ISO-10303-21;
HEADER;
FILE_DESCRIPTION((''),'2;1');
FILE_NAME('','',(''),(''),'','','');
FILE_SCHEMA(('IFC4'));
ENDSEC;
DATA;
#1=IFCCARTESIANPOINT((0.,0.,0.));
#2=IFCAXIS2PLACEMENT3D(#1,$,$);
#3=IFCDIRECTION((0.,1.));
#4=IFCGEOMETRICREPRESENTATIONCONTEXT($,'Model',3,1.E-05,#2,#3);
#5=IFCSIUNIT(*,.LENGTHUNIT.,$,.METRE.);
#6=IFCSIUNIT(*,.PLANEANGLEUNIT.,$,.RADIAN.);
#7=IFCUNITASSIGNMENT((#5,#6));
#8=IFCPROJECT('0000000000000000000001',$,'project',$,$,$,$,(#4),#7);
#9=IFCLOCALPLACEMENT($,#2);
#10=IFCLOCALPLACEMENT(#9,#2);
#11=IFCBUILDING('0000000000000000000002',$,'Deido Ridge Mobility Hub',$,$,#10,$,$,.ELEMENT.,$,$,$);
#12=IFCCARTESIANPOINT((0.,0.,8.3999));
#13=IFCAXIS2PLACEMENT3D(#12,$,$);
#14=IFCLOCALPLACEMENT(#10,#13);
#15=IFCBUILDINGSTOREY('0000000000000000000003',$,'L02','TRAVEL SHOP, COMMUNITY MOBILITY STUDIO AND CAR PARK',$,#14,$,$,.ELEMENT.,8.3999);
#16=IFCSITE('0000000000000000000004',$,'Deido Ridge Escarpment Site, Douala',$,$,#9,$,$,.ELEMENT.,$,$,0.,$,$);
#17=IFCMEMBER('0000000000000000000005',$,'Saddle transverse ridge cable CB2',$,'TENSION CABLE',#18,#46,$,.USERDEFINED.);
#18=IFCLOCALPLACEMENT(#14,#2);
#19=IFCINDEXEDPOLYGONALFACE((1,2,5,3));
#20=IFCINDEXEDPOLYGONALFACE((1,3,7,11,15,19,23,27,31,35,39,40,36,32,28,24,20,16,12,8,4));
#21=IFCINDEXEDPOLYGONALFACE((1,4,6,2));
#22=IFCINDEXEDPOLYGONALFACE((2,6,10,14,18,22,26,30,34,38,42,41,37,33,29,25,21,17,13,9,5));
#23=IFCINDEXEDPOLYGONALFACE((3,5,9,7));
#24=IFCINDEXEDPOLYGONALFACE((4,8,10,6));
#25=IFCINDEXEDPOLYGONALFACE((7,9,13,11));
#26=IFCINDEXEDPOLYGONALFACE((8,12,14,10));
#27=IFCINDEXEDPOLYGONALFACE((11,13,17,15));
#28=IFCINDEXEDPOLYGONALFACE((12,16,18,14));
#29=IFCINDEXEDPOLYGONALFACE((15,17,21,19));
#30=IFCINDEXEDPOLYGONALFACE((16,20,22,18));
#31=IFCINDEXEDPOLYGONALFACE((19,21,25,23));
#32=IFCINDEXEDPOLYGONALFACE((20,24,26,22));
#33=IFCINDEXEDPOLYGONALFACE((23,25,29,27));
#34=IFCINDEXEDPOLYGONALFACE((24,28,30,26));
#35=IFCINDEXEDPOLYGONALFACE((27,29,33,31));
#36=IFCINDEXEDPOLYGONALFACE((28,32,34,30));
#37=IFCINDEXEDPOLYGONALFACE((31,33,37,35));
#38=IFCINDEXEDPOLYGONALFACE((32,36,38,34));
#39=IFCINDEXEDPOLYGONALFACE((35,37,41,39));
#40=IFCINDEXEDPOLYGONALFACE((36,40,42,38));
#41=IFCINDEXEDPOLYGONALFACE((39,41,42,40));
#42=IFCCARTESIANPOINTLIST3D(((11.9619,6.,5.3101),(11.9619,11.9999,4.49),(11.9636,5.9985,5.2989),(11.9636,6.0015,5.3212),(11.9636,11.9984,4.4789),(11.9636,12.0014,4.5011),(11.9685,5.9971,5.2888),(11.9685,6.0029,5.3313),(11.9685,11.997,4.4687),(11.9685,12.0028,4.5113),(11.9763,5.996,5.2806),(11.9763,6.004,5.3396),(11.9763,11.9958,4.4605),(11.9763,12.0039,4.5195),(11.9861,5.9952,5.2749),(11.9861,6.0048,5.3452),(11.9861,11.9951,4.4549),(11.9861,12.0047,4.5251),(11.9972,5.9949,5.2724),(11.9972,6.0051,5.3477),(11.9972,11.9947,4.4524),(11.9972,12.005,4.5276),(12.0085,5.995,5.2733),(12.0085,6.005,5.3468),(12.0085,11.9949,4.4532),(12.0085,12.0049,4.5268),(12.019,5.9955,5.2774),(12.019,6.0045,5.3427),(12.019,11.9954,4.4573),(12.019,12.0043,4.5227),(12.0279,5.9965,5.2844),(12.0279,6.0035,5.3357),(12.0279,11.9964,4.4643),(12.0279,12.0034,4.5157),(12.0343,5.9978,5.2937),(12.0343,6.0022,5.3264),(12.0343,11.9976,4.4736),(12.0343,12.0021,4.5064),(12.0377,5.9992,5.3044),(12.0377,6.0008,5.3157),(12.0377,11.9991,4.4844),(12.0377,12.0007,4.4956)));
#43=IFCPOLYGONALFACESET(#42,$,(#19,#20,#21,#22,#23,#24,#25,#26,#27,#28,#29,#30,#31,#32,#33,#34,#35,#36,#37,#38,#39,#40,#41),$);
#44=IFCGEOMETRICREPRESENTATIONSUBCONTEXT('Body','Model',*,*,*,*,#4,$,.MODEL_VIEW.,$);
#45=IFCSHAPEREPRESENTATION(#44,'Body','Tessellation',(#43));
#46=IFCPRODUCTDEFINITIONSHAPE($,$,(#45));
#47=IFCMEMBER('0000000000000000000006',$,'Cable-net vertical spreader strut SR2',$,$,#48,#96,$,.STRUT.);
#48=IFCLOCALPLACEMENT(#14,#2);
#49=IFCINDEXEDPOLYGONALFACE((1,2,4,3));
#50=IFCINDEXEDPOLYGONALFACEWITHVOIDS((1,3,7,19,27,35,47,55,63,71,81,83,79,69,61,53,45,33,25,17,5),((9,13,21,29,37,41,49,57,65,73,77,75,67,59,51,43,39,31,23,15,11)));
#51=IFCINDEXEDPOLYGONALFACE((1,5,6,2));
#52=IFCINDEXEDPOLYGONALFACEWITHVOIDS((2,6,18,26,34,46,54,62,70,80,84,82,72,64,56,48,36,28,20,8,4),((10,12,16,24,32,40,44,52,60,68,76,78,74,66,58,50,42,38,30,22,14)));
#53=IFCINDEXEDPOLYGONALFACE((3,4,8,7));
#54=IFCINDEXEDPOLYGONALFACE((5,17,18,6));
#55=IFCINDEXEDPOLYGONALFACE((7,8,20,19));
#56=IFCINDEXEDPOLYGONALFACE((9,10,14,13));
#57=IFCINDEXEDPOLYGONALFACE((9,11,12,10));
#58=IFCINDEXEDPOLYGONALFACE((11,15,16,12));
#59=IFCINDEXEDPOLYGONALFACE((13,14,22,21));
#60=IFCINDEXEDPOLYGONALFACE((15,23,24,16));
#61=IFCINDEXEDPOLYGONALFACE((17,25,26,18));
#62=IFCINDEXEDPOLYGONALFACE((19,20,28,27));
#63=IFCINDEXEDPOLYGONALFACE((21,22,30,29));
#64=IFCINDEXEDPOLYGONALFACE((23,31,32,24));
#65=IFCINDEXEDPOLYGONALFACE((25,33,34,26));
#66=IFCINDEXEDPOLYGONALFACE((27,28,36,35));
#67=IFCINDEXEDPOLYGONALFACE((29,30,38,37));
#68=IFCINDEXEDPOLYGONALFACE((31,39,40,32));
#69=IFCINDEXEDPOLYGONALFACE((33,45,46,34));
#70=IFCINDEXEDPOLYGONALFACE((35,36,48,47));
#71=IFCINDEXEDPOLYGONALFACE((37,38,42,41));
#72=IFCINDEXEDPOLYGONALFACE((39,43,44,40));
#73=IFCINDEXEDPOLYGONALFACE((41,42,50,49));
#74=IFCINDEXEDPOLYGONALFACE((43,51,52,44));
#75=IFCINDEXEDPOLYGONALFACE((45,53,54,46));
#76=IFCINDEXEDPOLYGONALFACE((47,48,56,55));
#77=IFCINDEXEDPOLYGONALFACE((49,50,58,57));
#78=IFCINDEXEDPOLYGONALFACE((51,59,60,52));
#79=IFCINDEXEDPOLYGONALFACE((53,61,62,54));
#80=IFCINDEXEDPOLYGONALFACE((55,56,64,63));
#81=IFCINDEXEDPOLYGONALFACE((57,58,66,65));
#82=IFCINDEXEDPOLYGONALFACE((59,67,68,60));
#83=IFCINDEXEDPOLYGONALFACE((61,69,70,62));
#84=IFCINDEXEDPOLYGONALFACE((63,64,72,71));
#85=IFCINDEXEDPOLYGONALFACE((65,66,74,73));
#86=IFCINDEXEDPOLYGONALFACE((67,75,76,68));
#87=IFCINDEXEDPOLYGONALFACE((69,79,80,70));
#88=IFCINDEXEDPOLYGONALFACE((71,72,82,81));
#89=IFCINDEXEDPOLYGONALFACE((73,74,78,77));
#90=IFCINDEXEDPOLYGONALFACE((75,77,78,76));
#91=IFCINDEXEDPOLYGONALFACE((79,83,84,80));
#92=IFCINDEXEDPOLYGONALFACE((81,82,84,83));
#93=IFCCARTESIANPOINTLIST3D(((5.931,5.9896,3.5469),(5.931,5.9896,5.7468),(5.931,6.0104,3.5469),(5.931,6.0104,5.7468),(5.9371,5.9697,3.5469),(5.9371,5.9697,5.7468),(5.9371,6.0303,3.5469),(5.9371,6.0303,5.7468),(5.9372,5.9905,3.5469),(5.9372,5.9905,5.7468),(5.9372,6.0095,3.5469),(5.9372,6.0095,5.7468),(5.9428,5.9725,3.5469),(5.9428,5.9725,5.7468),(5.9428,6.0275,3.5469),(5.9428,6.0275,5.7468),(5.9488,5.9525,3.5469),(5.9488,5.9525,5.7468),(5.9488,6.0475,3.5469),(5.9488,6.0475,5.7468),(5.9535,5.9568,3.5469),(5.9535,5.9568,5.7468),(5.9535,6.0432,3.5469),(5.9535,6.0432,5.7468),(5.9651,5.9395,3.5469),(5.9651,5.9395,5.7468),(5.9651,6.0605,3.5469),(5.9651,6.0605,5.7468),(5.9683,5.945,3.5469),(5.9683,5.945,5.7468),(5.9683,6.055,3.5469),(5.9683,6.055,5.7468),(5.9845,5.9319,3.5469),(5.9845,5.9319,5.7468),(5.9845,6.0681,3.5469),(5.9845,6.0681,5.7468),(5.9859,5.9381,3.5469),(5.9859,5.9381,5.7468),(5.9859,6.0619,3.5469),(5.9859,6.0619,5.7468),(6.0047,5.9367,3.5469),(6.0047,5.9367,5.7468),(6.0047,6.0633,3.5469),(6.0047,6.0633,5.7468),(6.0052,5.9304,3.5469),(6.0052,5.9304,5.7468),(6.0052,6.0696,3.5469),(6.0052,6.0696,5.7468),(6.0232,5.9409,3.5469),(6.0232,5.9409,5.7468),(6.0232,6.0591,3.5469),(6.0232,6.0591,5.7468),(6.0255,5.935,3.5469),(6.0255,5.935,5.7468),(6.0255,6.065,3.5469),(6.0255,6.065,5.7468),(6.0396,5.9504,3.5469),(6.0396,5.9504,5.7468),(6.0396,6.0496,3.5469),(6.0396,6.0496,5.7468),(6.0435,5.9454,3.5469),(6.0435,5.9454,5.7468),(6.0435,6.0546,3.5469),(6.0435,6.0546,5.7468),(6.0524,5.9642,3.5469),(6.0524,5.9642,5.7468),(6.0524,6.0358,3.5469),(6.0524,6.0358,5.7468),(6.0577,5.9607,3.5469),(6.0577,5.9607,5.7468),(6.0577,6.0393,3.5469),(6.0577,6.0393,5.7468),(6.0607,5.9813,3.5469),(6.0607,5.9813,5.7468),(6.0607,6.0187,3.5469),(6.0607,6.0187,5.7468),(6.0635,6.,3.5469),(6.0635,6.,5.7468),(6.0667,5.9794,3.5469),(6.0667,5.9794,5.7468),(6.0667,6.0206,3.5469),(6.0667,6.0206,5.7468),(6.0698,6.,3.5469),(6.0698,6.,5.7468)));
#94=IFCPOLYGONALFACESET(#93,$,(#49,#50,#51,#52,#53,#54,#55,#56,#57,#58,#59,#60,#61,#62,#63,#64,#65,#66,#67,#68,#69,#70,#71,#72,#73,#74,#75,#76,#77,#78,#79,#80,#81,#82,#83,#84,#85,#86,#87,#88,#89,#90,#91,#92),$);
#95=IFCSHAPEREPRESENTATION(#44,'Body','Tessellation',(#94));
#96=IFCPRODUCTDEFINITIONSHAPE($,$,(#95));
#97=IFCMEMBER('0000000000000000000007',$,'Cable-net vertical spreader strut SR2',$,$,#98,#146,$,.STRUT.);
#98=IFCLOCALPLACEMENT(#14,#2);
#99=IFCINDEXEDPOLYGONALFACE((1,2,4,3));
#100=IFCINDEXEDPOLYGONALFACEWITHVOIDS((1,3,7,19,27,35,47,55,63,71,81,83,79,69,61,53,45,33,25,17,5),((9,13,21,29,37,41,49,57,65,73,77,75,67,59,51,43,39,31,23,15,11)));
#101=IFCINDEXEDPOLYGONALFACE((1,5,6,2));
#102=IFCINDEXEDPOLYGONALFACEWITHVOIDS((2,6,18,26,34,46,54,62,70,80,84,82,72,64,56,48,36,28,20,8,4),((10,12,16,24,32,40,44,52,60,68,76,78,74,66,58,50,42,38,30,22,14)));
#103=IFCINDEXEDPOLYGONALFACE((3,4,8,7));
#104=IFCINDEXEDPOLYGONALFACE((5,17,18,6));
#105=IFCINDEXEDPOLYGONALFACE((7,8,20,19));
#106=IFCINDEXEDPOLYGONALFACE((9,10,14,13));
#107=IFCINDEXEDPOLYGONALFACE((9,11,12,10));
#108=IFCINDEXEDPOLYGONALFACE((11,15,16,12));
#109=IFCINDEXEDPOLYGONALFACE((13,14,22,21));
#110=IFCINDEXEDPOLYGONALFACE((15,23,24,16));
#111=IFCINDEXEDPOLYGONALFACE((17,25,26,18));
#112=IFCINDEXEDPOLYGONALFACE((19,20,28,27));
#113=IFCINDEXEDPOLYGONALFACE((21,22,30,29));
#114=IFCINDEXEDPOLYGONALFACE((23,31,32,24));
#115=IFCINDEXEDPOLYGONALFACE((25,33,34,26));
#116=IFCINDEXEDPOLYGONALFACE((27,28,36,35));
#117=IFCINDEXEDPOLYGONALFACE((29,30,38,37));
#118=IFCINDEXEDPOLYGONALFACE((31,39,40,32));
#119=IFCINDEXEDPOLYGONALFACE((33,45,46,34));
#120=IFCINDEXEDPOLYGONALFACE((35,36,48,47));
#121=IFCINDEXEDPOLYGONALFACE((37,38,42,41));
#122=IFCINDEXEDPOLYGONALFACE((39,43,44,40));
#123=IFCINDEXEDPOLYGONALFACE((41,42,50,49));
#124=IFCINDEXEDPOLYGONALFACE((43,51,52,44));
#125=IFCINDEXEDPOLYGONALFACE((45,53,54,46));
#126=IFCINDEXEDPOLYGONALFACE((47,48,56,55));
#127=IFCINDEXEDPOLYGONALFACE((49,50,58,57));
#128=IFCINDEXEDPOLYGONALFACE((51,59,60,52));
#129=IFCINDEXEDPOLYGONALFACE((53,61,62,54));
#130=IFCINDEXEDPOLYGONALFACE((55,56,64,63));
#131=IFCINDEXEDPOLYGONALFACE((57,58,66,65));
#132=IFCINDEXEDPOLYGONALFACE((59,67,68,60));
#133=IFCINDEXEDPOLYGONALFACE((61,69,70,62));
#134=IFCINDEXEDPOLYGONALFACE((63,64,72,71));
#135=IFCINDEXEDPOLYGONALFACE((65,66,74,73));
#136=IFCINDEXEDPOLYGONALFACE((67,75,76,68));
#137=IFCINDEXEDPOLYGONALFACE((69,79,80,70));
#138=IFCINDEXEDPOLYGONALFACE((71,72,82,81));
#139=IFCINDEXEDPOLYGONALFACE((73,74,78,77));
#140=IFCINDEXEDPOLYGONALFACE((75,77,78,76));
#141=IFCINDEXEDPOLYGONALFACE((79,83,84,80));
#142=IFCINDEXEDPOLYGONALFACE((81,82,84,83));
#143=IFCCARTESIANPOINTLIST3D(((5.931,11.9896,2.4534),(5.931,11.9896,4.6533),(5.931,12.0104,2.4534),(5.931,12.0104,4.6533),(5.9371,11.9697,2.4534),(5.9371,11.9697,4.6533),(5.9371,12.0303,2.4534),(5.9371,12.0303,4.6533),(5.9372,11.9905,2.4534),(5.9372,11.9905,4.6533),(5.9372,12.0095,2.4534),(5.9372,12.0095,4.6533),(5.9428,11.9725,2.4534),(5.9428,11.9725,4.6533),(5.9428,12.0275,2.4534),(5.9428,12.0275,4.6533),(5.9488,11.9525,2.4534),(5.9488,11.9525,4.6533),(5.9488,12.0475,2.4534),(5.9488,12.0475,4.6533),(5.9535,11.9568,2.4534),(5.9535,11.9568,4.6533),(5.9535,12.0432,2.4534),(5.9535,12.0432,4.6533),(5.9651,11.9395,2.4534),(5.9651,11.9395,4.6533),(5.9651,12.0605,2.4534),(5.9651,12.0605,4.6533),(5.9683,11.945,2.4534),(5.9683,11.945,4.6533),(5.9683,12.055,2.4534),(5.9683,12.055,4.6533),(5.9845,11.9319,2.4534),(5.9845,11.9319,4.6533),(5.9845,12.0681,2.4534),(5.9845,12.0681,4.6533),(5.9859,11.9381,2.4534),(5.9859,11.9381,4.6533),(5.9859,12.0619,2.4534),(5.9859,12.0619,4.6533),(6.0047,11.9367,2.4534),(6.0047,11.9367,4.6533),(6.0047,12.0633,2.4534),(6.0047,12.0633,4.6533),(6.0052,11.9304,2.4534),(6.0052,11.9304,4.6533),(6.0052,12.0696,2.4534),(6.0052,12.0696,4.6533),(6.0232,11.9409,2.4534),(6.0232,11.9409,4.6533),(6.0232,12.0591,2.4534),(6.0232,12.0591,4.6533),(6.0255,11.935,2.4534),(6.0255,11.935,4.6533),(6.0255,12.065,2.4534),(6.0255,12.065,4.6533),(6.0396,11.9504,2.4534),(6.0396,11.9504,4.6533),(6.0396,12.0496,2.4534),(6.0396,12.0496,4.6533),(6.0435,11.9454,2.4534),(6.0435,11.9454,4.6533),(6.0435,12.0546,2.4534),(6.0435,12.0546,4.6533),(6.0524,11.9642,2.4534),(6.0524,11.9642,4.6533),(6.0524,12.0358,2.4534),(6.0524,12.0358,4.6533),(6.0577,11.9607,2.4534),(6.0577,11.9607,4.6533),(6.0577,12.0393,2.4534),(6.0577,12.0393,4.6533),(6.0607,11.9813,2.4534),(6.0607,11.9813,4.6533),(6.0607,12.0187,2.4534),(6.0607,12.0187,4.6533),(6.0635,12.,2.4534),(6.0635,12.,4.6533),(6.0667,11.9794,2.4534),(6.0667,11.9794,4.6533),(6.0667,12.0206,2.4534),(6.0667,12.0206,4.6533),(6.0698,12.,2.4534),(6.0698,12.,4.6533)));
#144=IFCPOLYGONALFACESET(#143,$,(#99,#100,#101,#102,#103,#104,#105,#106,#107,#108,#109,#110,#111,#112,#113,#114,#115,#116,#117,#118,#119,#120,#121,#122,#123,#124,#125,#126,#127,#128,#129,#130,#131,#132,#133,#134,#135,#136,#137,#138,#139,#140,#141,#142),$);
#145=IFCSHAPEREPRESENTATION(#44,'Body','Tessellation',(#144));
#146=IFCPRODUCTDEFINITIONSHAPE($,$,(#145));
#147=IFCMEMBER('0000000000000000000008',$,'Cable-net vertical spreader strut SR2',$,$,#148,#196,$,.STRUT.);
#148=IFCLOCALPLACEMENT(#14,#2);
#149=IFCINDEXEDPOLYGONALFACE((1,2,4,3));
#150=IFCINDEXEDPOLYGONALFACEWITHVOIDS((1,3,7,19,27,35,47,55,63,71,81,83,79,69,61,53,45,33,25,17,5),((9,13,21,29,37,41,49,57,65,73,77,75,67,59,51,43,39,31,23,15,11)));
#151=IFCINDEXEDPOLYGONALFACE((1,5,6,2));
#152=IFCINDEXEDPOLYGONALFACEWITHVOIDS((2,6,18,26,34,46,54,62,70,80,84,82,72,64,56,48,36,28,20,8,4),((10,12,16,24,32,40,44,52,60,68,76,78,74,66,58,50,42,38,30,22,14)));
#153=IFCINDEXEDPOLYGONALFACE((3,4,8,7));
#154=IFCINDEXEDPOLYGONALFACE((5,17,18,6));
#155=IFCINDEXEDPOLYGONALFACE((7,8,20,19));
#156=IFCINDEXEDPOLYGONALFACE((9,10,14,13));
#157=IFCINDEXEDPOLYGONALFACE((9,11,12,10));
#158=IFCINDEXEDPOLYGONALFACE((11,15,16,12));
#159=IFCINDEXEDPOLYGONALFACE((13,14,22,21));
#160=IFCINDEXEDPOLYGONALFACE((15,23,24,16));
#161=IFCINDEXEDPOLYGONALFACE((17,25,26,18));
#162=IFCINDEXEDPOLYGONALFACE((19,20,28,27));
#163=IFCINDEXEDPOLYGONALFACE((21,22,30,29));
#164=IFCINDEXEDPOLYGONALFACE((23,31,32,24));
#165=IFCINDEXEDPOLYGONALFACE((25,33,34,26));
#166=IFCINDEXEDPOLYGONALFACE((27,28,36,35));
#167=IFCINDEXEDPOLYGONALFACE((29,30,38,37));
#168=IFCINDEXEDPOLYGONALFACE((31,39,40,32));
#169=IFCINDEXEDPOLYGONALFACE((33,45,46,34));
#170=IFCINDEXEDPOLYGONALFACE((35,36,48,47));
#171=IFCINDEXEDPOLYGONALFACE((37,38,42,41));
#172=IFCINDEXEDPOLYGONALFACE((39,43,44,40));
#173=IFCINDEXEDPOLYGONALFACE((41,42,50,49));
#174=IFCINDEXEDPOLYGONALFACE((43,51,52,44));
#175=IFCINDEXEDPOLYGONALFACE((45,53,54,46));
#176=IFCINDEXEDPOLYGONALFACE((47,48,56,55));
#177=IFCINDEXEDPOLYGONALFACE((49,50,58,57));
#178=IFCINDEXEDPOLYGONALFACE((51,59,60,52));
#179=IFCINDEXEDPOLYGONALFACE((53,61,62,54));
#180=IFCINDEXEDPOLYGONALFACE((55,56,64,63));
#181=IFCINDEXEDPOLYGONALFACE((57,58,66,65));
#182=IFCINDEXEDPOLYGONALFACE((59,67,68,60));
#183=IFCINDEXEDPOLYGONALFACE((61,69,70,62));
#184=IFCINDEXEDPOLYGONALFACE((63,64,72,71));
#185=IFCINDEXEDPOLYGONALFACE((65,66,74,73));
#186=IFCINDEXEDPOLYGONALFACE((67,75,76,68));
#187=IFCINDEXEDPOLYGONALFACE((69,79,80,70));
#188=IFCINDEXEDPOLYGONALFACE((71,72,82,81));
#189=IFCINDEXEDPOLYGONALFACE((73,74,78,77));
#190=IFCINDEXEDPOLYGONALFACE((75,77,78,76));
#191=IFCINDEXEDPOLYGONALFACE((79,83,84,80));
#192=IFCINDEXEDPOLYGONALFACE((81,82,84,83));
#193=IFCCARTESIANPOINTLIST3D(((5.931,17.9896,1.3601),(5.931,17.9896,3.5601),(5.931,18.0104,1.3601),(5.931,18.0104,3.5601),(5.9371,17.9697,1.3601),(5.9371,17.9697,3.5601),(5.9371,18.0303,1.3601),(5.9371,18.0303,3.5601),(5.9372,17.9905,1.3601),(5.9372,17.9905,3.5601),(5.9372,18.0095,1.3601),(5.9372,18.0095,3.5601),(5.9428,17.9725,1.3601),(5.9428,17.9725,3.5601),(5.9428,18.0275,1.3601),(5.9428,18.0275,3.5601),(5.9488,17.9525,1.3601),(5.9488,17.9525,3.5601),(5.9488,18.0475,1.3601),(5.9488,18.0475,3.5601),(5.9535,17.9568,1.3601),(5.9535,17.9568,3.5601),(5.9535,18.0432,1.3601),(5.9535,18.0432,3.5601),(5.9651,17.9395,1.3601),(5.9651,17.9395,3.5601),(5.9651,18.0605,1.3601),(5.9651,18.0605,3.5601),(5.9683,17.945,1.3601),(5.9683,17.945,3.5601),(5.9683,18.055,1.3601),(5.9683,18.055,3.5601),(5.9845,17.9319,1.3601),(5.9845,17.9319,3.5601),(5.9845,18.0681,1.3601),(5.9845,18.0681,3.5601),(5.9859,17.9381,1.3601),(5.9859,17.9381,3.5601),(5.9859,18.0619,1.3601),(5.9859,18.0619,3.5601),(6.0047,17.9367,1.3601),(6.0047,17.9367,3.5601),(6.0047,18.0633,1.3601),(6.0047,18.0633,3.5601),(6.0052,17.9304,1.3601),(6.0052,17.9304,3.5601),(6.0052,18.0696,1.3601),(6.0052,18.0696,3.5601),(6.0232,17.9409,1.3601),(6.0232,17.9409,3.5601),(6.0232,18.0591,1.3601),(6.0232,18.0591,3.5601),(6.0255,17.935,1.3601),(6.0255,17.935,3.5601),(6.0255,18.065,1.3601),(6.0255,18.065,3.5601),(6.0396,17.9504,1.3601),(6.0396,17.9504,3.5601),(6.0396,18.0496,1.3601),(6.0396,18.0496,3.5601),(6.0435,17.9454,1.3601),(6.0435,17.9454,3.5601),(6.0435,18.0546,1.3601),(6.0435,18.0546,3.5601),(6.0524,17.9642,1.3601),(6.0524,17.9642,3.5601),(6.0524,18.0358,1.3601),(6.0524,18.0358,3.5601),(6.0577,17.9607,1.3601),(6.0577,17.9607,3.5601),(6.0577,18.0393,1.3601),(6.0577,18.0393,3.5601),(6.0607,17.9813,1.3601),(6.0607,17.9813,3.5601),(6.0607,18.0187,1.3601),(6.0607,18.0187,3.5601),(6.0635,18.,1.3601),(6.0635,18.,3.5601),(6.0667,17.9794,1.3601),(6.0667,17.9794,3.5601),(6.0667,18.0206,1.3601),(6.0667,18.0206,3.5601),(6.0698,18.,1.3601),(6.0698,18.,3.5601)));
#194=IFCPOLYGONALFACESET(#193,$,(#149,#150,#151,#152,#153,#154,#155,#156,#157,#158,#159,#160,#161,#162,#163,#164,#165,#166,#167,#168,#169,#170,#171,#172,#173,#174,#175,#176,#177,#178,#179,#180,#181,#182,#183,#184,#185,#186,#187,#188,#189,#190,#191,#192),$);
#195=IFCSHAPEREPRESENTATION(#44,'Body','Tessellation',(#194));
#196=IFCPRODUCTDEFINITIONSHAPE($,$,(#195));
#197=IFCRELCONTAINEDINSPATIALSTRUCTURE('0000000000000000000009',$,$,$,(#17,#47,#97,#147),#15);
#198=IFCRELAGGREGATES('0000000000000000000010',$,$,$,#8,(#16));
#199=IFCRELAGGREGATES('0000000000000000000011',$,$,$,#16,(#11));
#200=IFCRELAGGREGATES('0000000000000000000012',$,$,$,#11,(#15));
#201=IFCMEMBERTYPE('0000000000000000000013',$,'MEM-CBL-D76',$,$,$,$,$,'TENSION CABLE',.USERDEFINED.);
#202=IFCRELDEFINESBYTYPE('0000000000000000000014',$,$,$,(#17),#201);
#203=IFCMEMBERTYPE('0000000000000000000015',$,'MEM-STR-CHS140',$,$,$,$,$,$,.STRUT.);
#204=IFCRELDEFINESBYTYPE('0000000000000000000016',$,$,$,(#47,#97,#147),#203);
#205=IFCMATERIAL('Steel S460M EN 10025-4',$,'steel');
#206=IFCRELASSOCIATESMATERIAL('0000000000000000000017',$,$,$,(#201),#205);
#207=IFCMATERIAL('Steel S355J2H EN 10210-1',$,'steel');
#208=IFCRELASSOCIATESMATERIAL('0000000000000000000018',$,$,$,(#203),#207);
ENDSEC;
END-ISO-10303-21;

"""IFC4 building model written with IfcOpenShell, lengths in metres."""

from ifc_helpers import new_model, si_unit, direction, frame, origin, origin_2d, place, context, subcontext, project, spatial, circle, hollow_circle, extrude, material, material_profile, profile_set, type_object, element, save


model = new_model("IFC4")

# Units and contexts
model_context = context("Model", 3, precision=1e-05, world=origin(), true_north=direction((0.0, 1.0)))
body_context = subcontext(model_context, "Body", "Model", "MODEL_VIEW")
ifc_project = project(units=[si_unit("LENGTHUNIT", "METRE"), si_unit("PLANEANGLEUNIT", "RADIAN")], contexts=[model_context])

# Site, building, storey
site_placement = place(None, origin())
site = spatial("IfcSite", under=ifc_project, at=site_placement, Name="Deido Ridge Escarpment Site, Douala", CompositionType="ELEMENT", RefElevation=0.0)
building_placement = place(site_placement, origin())
building = spatial("IfcBuilding", under=site, at=building_placement, Name="Deido Ridge Mobility Hub", CompositionType="ELEMENT")
storey_placement = place(building_placement, frame((0.0, 0.0, 8.3999)))
storey = spatial("IfcBuildingStorey", under=building, at=storey_placement, Name="L02", Description="TRAVEL SHOP, COMMUNITY MOBILITY STUDIO AND CAR PARK", CompositionType="ELEMENT", Elevation=8.3999)

# Members
ifc_material_1 = material(Name="Steel S460M EN 10025-4", Category="steel")
ifc_material_profile_1 = material_profile(ifc_material_1, circle(Radius=0.0381, at=origin_2d()), Name="CABLE D76")
ifc_profile_set_1 = profile_set([ifc_material_profile_1], Name="Steel S460M EN 10025-4")
member_type_1 = type_object("IfcMemberType", Name="MEM-CBL-D76", ElementType="TENSION CABLE", PredefinedType="USERDEFINED", material=ifc_profile_set_1)
member_1_placement = place(storey_placement, frame((12.0, 6.0, 5.3101), z_axis=(0.0, 0.990788, -0.135419), x_axis=(-1.0, 0.0, 0.0)))
element("IfcMember", 1, at=member_1_placement, inside=storey, type_object=member_type_1, Name="Saddle transverse ridge cable CB2", ObjectType="TENSION CABLE", PredefinedType="USERDEFINED", context=body_context, shape_type="SweptSolid", body=[
    extrude(circle(Radius=0.0381, at=origin_2d()), origin(), (0.0, 0.0, 1.0), 6.0557),
])
ifc_material_2 = material(Name="Steel S355J2H EN 10210-1", Category="steel")
ifc_material_profile_2 = material_profile(ifc_material_2, hollow_circle(Radius=0.0698, WallThickness=0.0063, at=origin_2d()), Name="CHS 139.7x6.3")
ifc_profile_set_2 = profile_set([ifc_material_profile_2], Name="Steel S355J2H EN 10210-1")
member_type_2 = type_object("IfcMemberType", Name="MEM-STR-CHS140", PredefinedType="STRUT", material=ifc_profile_set_2)
for number, where, z_axis, x_axis, name in (
    (2, (6.0, 6.0, 3.5469), (0.0, 0.0, 1.0), (1.0, 0.0, 0.0), "Cable-net vertical spreader strut SR2"),
    (3, (6.0, 12.0, 2.4534), (0.0, 0.0, 1.0), (1.0, 0.0, 0.0), "Cable-net vertical spreader strut SR2"),
    (4, (6.0, 18.0, 1.3601), (0.0, 0.0, 1.0), (1.0, 0.0, 0.0), "Cable-net vertical spreader strut SR2"),
):
    element("IfcMember", number, at=place(storey_placement, frame(where, z_axis=z_axis, x_axis=x_axis)), inside=storey, type_object=member_type_2, Name=name, PredefinedType="STRUT", context=body_context, shape_type="SweptSolid", body=[
        extrude(hollow_circle(Radius=0.0698, WallThickness=0.0063, at=origin_2d()), origin(), (0.0, 0.0, 1.0), 2.2),
    ])

save(model, "model.ifc")
